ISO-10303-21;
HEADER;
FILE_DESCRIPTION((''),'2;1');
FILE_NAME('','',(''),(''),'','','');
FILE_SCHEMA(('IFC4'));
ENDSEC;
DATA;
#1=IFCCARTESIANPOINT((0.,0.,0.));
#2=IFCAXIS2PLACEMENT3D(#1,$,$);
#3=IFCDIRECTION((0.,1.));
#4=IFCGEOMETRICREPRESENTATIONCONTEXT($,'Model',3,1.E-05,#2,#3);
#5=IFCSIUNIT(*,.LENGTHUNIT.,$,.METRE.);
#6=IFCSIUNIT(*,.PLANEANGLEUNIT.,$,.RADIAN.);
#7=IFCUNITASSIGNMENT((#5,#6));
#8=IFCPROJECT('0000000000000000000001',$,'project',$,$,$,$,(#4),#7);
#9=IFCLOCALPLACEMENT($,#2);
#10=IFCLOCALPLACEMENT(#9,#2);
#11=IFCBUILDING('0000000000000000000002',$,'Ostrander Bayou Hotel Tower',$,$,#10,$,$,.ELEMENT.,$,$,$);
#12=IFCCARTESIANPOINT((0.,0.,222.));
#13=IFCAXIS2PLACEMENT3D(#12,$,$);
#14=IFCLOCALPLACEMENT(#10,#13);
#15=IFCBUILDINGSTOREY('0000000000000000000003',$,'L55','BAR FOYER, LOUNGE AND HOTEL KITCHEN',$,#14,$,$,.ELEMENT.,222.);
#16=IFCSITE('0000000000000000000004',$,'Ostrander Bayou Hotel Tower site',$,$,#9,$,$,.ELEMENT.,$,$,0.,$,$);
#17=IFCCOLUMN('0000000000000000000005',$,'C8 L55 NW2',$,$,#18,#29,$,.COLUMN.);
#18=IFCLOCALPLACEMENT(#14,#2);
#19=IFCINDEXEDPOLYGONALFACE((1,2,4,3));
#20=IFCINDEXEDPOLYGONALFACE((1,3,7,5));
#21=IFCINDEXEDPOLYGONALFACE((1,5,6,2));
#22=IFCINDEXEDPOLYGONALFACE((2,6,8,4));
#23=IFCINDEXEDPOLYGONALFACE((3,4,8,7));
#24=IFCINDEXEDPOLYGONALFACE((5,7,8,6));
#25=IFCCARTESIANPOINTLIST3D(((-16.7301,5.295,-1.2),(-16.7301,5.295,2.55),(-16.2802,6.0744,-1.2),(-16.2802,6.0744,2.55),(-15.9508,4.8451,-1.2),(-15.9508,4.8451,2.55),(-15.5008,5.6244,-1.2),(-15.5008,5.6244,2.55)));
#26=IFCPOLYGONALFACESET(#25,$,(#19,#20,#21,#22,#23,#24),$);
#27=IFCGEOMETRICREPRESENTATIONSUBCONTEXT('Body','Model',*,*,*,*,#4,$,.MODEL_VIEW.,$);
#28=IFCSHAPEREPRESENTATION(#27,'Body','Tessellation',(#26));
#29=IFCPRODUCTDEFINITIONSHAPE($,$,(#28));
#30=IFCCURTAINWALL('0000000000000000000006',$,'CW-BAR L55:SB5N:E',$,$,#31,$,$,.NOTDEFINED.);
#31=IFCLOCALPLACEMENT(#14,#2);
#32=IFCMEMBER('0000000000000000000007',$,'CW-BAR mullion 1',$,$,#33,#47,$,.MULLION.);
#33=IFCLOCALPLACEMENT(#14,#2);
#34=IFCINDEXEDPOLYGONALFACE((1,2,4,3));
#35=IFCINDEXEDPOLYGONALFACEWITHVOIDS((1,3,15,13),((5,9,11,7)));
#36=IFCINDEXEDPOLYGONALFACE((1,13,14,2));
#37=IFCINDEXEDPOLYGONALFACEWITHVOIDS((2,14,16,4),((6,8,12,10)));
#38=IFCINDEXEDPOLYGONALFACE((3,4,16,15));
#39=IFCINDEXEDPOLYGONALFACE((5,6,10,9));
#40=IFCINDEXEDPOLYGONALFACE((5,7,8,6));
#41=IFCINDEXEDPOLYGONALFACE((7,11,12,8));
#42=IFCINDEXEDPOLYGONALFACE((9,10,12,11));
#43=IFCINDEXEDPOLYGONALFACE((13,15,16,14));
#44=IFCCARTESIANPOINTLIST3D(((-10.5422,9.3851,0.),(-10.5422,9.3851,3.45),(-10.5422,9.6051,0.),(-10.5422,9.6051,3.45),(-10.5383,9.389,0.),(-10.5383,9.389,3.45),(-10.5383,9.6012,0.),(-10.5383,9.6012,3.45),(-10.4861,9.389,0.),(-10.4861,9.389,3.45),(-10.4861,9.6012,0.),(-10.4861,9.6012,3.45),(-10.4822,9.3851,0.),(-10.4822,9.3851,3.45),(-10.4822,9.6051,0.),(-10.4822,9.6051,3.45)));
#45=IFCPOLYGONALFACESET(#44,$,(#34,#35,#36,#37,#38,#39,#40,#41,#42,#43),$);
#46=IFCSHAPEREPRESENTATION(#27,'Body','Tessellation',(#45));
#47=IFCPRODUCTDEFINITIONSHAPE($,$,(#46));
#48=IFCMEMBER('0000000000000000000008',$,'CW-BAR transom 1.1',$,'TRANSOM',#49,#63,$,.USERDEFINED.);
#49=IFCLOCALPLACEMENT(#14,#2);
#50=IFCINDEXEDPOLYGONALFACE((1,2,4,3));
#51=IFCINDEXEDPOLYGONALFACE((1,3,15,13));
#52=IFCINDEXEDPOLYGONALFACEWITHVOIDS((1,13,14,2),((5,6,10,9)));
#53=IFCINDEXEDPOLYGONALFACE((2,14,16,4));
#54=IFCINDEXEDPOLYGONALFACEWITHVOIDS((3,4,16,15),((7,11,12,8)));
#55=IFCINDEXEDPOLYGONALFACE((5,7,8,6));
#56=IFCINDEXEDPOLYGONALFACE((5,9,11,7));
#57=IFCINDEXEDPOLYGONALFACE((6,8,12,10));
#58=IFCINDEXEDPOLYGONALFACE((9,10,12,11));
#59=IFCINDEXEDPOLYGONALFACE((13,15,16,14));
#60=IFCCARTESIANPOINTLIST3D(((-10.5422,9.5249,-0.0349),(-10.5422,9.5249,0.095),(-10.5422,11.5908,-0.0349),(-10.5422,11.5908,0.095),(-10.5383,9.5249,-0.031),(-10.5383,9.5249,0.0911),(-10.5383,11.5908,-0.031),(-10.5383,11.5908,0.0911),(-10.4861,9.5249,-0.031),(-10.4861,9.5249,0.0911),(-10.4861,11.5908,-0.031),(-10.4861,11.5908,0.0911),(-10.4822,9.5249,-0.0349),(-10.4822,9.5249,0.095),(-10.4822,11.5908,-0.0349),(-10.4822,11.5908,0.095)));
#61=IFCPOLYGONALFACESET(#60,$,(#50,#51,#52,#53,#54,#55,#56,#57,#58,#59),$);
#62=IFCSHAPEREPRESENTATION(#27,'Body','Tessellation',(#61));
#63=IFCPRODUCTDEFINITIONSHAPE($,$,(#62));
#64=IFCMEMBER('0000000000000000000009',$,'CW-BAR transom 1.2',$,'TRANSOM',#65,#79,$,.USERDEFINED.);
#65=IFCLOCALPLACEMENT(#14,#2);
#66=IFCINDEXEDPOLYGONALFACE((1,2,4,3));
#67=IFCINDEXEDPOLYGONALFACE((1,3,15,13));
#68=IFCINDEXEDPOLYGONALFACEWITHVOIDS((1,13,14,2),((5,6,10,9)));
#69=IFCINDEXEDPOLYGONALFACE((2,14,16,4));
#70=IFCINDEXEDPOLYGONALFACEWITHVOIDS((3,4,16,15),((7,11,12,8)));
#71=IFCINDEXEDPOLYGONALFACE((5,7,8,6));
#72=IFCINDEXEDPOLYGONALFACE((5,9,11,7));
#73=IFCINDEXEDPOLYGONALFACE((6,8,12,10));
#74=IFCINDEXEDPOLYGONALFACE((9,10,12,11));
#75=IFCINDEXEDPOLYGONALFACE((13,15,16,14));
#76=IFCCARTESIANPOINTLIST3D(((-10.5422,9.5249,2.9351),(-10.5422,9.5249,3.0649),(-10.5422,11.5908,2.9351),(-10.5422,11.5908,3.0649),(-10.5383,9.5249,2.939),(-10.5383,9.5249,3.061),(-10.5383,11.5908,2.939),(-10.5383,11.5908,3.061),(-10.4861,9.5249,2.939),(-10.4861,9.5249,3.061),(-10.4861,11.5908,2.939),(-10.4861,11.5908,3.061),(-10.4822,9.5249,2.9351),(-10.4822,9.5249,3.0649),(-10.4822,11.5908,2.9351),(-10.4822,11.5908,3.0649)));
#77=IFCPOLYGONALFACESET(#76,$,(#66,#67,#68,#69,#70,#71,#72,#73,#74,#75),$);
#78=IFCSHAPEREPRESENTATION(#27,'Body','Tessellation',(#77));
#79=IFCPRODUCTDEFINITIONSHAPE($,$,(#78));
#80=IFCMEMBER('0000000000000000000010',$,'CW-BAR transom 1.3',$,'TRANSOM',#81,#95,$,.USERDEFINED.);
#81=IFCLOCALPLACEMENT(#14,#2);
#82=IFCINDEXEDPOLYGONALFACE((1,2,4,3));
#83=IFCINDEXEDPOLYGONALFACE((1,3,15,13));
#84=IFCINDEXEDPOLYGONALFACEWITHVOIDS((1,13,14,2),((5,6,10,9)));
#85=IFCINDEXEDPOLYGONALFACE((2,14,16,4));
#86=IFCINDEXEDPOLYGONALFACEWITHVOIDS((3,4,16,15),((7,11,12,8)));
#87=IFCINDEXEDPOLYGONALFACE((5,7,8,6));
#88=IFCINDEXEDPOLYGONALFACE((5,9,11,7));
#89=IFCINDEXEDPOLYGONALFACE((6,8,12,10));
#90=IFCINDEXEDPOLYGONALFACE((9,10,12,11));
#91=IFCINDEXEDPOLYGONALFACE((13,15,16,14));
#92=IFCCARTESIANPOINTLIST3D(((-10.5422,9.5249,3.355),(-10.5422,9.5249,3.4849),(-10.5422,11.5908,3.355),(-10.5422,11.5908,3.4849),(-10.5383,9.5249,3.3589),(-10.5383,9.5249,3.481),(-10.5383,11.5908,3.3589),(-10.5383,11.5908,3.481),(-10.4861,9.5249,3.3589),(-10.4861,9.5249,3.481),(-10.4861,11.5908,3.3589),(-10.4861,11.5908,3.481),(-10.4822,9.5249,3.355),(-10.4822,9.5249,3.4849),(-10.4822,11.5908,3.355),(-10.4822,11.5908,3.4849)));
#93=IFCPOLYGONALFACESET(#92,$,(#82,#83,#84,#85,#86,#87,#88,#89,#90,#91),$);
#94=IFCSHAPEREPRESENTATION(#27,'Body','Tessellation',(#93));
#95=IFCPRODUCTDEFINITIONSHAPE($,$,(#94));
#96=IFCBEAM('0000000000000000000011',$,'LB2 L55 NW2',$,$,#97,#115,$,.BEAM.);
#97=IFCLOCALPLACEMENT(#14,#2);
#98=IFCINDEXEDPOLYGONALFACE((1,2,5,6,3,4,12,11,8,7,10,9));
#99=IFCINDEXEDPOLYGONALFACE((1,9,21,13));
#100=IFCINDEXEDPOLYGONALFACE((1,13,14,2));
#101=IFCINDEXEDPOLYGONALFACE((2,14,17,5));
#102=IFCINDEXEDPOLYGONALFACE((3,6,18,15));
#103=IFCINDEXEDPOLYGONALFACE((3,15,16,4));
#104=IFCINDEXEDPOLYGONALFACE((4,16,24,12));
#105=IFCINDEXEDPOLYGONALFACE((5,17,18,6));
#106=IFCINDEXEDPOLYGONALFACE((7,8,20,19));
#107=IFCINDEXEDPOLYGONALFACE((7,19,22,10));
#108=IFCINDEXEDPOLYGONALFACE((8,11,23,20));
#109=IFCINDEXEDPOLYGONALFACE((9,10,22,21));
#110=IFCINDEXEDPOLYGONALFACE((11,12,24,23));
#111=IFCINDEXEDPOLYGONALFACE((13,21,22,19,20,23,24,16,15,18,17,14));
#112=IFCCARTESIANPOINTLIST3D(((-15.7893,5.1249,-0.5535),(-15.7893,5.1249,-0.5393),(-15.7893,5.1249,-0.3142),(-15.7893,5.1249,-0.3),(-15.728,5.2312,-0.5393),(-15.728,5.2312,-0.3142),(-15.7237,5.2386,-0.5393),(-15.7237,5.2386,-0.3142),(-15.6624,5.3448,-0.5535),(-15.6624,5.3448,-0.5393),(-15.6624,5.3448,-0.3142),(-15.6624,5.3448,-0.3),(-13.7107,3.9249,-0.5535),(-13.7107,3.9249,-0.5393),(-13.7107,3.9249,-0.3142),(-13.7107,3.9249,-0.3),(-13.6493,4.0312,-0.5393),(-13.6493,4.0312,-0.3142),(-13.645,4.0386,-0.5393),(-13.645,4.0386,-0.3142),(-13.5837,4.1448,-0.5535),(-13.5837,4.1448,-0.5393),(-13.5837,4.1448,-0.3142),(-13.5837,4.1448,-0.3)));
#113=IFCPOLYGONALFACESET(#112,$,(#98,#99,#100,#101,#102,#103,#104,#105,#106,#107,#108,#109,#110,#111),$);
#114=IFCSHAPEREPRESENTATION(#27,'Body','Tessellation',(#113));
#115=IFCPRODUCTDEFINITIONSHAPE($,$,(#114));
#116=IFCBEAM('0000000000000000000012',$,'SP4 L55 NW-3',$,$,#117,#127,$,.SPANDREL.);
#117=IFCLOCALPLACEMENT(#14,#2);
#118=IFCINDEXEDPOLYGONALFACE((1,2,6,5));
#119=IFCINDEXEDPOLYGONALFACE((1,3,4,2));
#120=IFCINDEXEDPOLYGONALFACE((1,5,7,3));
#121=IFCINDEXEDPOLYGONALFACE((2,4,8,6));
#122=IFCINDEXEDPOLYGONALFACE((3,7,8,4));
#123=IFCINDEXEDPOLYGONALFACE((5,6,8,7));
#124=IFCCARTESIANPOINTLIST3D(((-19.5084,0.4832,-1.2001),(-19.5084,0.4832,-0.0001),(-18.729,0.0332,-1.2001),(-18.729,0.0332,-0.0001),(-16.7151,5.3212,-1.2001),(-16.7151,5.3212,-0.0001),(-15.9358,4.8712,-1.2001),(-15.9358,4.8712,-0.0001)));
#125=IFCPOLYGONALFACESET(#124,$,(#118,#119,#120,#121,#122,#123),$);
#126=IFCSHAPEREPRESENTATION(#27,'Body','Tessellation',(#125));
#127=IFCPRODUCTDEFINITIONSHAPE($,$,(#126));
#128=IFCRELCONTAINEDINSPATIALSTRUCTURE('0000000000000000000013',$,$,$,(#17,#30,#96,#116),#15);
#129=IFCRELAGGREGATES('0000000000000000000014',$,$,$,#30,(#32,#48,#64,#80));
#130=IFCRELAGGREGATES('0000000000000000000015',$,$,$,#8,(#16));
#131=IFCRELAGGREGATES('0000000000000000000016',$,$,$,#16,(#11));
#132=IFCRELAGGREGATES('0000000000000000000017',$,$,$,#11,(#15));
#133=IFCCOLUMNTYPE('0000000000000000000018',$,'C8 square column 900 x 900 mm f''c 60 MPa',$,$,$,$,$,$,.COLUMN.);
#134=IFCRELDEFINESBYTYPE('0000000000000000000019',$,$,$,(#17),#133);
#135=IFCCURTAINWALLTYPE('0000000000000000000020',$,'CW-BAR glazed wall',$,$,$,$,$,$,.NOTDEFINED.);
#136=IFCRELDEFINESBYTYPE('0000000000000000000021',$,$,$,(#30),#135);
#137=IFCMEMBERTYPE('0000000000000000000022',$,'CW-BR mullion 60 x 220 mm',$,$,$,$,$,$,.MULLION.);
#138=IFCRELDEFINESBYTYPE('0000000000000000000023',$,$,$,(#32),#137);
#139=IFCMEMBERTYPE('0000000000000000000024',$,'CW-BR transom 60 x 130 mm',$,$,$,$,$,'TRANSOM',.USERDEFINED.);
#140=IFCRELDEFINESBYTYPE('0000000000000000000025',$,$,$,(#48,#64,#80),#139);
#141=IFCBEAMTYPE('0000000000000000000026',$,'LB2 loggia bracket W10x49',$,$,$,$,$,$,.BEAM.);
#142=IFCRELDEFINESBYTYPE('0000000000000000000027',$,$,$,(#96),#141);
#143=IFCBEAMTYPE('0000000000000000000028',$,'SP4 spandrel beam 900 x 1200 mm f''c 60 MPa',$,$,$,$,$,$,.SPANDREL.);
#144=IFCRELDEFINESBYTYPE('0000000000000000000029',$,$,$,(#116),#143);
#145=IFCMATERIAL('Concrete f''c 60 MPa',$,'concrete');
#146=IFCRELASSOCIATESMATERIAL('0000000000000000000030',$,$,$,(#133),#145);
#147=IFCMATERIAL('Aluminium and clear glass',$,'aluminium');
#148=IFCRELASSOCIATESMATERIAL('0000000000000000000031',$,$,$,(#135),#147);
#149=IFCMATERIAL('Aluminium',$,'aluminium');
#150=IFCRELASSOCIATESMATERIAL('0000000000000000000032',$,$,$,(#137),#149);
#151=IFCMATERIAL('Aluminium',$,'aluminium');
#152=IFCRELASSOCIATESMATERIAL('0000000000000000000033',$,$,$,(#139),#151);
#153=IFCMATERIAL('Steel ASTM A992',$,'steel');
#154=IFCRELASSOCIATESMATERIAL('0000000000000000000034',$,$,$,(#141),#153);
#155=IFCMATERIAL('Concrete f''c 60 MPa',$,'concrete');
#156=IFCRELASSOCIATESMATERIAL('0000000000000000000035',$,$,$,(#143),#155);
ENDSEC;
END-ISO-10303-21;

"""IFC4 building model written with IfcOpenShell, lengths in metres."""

from ifc_helpers import new_model, si_unit, direction, frame, origin, origin_2d, place, context, subcontext, project, spatial, rectangle, hollow_rectangle, i_section, extrude, material, material_profile, profile_set, type_object, element, aggregate, save


model = new_model("IFC4")

# Units and contexts
model_context = context("Model", 3, precision=1e-05, world=origin(), true_north=direction((0.0, 1.0)))
body_context = subcontext(model_context, "Body", "Model", "MODEL_VIEW")
ifc_project = project(units=[si_unit("LENGTHUNIT", "METRE"), si_unit("PLANEANGLEUNIT", "RADIAN")], contexts=[model_context])

# Site, building, storey
site_placement = place(None, origin())
site = spatial("IfcSite", under=ifc_project, at=site_placement, Name="Ostrander Bayou Hotel Tower site", CompositionType="ELEMENT", RefElevation=0.0)
building_placement = place(site_placement, origin())
building = spatial("IfcBuilding", under=site, at=building_placement, Name="Ostrander Bayou Hotel Tower", CompositionType="ELEMENT")
storey_placement = place(building_placement, frame((0.0, 0.0, 222.0)))
storey = spatial("IfcBuildingStorey", under=building, at=storey_placement, Name="L55", Description="BAR FOYER, LOUNGE AND HOTEL KITCHEN", CompositionType="ELEMENT", Elevation=222.0)

# Column
ifc_material_1 = material(Name="Concrete f'c 60 MPa", Category="concrete")
ifc_material_profile_1 = material_profile(ifc_material_1, rectangle(XDim=0.8999, YDim=0.8999, at=origin_2d()))
ifc_profile_set_1 = profile_set([ifc_material_profile_1], Name="Concrete f'c 60 MPa")
column_type = type_object("IfcColumnType", Name="C8 square column 900 x 900 mm f'c 60 MPa", PredefinedType="COLUMN", material=ifc_profile_set_1)
column_placement = place(storey_placement, frame((-16.1155, 5.4597, -1.2), z_axis=(0.0, 0.0, 1.0), x_axis=(0.5, 0.866025, 0.0)))
element("IfcColumn", 1, at=column_placement, inside=storey, type_object=column_type, Name="C8 L55 NW2", PredefinedType="COLUMN", context=body_context, shape_type="SweptSolid", body=[
    extrude(rectangle(XDim=0.8999, YDim=0.8999, at=origin_2d()), origin(), (0.0, 0.0, 1.0), 3.75),
])

# Curtain wall, members
ifc_material_2 = material(Name="Aluminium and clear glass", Category="aluminium")
curtain_wall_type = type_object("IfcCurtainWallType", Name="CW-BAR glazed wall", PredefinedType="NOTDEFINED", material=ifc_material_2)
curtain_wall_placement = place(storey_placement, origin())
curtain_wall = element("IfcCurtainWall", 2, at=curtain_wall_placement, inside=storey, type_object=curtain_wall_type, Name="CW-BAR L55:SB5N:E", PredefinedType="NOTDEFINED")
ifc_material_3 = material(Name="Aluminium", Category="aluminium")
ifc_material_profile_2 = material_profile(ifc_material_3, hollow_rectangle(XDim=0.0601, YDim=0.22, WallThickness=0.0039, at=origin_2d()))
ifc_profile_set_2 = profile_set([ifc_material_profile_2], Name="Aluminium")
member_type_1 = type_object("IfcMemberType", Name="CW-BR mullion 60 x 220 mm", PredefinedType="MULLION", material=ifc_profile_set_2)
member_1_placement = place(storey_placement, frame((-10.5122, 9.4951, 0.0), z_axis=(0.0, 0.0, 1.0), x_axis=(-1.0, 0.0, 0.0)))
member_1 = element("IfcMember", 3, at=member_1_placement, type_object=member_type_1, Name="CW-BAR mullion 1", PredefinedType="MULLION", context=body_context, shape_type="SweptSolid", body=[
    extrude(hollow_rectangle(XDim=0.0601, YDim=0.22, WallThickness=0.0039, at=origin_2d()), origin(), (0.0, 0.0, 1.0), 3.45),
])
ifc_material_4 = material(Name="Aluminium", Category="aluminium")
ifc_material_profile_3 = material_profile(ifc_material_4, hollow_rectangle(XDim=0.0601, YDim=0.1299, WallThickness=0.0039, at=origin_2d()))
ifc_profile_set_3 = profile_set([ifc_material_profile_3], Name="Aluminium")
member_type_2 = type_object("IfcMemberType", Name="CW-BR transom 60 x 130 mm", ElementType="TRANSOM", PredefinedType="USERDEFINED", material=ifc_profile_set_3)
member_2_placement = place(storey_placement, frame((-10.5122, 9.5249, 0.03), z_axis=(0.0, 1.0, 0.0), x_axis=(-1.0, 0.0, 0.0)))
member_2 = element("IfcMember", 4, at=member_2_placement, type_object=member_type_2, Name="CW-BAR transom 1.1", ObjectType="TRANSOM", PredefinedType="USERDEFINED", context=body_context, shape_type="SweptSolid", body=[
    extrude(hollow_rectangle(XDim=0.0601, YDim=0.1299, WallThickness=0.0039, at=origin_2d()), origin(), (0.0, 0.0, 1.0), 2.0659),
])
member_3_placement = place(storey_placement, frame((-10.5122, 9.5249, 3.0), z_axis=(0.0, 1.0, 0.0), x_axis=(-1.0, 0.0, 0.0)))
member_3 = element("IfcMember", 5, at=member_3_placement, type_object=member_type_2, Name="CW-BAR transom 1.2", ObjectType="TRANSOM", PredefinedType="USERDEFINED", context=body_context, shape_type="SweptSolid", body=[
    extrude(hollow_rectangle(XDim=0.0601, YDim=0.1299, WallThickness=0.0039, at=origin_2d()), origin(), (0.0, 0.0, 1.0), 2.0659),
])
member_4_placement = place(storey_placement, frame((-10.5122, 9.5249, 3.4199), z_axis=(0.0, 1.0, 0.0), x_axis=(-1.0, 0.0, 0.0)))
member_4 = element("IfcMember", 6, at=member_4_placement, type_object=member_type_2, Name="CW-BAR transom 1.3", ObjectType="TRANSOM", PredefinedType="USERDEFINED", context=body_context, shape_type="SweptSolid", body=[
    extrude(hollow_rectangle(XDim=0.0601, YDim=0.1299, WallThickness=0.0039, at=origin_2d()), origin(), (0.0, 0.0, 1.0), 2.0659),
])
aggregate(curtain_wall, [member_1, member_2, member_3, member_4])

# Beams
ifc_material_5 = material(Name="Steel ASTM A992", Category="steel")
ifc_material_profile_4 = material_profile(ifc_material_5, i_section(OverallWidth=0.2539, OverallDepth=0.2534, WebThickness=0.0085, FlangeThickness=0.0142, at=origin_2d()))
ifc_profile_set_4 = profile_set([ifc_material_profile_4], Name="Steel ASTM A992")
beam_type_1 = type_object("IfcBeamType", Name="LB2 loggia bracket W10x49", PredefinedType="BEAM", material=ifc_profile_set_4)
beam_1_placement = place(storey_placement, frame((-15.7258, 5.2349, -0.4268), z_axis=(0.86605, -0.499957, 0.0), x_axis=(0.499957, 0.86605, 0.0)))
element("IfcBeam", 7, at=beam_1_placement, inside=storey, type_object=beam_type_1, Name="LB2 L55 NW2", PredefinedType="BEAM", context=body_context, shape_type="SweptSolid", body=[
    extrude(i_section(OverallWidth=0.2539, OverallDepth=0.2534, WebThickness=0.0085, FlangeThickness=0.0142, at=origin_2d()), origin(), (0.0, 0.0, 1.0), 2.4001),
])
ifc_material_6 = material(Name="Concrete f'c 60 MPa", Category="concrete")
ifc_material_profile_5 = material_profile(ifc_material_6, rectangle(XDim=0.8999, YDim=1.2, at=origin_2d()))
ifc_profile_set_5 = profile_set([ifc_material_profile_5], Name="Concrete f'c 60 MPa")
beam_type_2 = type_object("IfcBeamType", Name="SP4 spandrel beam 900 x 1200 mm f'c 60 MPa", PredefinedType="SPANDREL", material=ifc_profile_set_5)
beam_2_placement = place(storey_placement, frame((-16.3254, 5.0962, -0.6001), z_axis=(-0.500007, -0.866021, 0.0), x_axis=(0.866021, -0.500007, 0.0)))
element("IfcBeam", 8, at=beam_2_placement, inside=storey, type_object=beam_type_2, Name="SP4 L55 NW-3", PredefinedType="SPANDREL", context=body_context, shape_type="SweptSolid", body=[
    extrude(rectangle(XDim=0.8999, YDim=1.2, at=origin_2d()), origin(), (0.0, 0.0, 1.0), 5.5864),
])

save(model, "model.ifc")
